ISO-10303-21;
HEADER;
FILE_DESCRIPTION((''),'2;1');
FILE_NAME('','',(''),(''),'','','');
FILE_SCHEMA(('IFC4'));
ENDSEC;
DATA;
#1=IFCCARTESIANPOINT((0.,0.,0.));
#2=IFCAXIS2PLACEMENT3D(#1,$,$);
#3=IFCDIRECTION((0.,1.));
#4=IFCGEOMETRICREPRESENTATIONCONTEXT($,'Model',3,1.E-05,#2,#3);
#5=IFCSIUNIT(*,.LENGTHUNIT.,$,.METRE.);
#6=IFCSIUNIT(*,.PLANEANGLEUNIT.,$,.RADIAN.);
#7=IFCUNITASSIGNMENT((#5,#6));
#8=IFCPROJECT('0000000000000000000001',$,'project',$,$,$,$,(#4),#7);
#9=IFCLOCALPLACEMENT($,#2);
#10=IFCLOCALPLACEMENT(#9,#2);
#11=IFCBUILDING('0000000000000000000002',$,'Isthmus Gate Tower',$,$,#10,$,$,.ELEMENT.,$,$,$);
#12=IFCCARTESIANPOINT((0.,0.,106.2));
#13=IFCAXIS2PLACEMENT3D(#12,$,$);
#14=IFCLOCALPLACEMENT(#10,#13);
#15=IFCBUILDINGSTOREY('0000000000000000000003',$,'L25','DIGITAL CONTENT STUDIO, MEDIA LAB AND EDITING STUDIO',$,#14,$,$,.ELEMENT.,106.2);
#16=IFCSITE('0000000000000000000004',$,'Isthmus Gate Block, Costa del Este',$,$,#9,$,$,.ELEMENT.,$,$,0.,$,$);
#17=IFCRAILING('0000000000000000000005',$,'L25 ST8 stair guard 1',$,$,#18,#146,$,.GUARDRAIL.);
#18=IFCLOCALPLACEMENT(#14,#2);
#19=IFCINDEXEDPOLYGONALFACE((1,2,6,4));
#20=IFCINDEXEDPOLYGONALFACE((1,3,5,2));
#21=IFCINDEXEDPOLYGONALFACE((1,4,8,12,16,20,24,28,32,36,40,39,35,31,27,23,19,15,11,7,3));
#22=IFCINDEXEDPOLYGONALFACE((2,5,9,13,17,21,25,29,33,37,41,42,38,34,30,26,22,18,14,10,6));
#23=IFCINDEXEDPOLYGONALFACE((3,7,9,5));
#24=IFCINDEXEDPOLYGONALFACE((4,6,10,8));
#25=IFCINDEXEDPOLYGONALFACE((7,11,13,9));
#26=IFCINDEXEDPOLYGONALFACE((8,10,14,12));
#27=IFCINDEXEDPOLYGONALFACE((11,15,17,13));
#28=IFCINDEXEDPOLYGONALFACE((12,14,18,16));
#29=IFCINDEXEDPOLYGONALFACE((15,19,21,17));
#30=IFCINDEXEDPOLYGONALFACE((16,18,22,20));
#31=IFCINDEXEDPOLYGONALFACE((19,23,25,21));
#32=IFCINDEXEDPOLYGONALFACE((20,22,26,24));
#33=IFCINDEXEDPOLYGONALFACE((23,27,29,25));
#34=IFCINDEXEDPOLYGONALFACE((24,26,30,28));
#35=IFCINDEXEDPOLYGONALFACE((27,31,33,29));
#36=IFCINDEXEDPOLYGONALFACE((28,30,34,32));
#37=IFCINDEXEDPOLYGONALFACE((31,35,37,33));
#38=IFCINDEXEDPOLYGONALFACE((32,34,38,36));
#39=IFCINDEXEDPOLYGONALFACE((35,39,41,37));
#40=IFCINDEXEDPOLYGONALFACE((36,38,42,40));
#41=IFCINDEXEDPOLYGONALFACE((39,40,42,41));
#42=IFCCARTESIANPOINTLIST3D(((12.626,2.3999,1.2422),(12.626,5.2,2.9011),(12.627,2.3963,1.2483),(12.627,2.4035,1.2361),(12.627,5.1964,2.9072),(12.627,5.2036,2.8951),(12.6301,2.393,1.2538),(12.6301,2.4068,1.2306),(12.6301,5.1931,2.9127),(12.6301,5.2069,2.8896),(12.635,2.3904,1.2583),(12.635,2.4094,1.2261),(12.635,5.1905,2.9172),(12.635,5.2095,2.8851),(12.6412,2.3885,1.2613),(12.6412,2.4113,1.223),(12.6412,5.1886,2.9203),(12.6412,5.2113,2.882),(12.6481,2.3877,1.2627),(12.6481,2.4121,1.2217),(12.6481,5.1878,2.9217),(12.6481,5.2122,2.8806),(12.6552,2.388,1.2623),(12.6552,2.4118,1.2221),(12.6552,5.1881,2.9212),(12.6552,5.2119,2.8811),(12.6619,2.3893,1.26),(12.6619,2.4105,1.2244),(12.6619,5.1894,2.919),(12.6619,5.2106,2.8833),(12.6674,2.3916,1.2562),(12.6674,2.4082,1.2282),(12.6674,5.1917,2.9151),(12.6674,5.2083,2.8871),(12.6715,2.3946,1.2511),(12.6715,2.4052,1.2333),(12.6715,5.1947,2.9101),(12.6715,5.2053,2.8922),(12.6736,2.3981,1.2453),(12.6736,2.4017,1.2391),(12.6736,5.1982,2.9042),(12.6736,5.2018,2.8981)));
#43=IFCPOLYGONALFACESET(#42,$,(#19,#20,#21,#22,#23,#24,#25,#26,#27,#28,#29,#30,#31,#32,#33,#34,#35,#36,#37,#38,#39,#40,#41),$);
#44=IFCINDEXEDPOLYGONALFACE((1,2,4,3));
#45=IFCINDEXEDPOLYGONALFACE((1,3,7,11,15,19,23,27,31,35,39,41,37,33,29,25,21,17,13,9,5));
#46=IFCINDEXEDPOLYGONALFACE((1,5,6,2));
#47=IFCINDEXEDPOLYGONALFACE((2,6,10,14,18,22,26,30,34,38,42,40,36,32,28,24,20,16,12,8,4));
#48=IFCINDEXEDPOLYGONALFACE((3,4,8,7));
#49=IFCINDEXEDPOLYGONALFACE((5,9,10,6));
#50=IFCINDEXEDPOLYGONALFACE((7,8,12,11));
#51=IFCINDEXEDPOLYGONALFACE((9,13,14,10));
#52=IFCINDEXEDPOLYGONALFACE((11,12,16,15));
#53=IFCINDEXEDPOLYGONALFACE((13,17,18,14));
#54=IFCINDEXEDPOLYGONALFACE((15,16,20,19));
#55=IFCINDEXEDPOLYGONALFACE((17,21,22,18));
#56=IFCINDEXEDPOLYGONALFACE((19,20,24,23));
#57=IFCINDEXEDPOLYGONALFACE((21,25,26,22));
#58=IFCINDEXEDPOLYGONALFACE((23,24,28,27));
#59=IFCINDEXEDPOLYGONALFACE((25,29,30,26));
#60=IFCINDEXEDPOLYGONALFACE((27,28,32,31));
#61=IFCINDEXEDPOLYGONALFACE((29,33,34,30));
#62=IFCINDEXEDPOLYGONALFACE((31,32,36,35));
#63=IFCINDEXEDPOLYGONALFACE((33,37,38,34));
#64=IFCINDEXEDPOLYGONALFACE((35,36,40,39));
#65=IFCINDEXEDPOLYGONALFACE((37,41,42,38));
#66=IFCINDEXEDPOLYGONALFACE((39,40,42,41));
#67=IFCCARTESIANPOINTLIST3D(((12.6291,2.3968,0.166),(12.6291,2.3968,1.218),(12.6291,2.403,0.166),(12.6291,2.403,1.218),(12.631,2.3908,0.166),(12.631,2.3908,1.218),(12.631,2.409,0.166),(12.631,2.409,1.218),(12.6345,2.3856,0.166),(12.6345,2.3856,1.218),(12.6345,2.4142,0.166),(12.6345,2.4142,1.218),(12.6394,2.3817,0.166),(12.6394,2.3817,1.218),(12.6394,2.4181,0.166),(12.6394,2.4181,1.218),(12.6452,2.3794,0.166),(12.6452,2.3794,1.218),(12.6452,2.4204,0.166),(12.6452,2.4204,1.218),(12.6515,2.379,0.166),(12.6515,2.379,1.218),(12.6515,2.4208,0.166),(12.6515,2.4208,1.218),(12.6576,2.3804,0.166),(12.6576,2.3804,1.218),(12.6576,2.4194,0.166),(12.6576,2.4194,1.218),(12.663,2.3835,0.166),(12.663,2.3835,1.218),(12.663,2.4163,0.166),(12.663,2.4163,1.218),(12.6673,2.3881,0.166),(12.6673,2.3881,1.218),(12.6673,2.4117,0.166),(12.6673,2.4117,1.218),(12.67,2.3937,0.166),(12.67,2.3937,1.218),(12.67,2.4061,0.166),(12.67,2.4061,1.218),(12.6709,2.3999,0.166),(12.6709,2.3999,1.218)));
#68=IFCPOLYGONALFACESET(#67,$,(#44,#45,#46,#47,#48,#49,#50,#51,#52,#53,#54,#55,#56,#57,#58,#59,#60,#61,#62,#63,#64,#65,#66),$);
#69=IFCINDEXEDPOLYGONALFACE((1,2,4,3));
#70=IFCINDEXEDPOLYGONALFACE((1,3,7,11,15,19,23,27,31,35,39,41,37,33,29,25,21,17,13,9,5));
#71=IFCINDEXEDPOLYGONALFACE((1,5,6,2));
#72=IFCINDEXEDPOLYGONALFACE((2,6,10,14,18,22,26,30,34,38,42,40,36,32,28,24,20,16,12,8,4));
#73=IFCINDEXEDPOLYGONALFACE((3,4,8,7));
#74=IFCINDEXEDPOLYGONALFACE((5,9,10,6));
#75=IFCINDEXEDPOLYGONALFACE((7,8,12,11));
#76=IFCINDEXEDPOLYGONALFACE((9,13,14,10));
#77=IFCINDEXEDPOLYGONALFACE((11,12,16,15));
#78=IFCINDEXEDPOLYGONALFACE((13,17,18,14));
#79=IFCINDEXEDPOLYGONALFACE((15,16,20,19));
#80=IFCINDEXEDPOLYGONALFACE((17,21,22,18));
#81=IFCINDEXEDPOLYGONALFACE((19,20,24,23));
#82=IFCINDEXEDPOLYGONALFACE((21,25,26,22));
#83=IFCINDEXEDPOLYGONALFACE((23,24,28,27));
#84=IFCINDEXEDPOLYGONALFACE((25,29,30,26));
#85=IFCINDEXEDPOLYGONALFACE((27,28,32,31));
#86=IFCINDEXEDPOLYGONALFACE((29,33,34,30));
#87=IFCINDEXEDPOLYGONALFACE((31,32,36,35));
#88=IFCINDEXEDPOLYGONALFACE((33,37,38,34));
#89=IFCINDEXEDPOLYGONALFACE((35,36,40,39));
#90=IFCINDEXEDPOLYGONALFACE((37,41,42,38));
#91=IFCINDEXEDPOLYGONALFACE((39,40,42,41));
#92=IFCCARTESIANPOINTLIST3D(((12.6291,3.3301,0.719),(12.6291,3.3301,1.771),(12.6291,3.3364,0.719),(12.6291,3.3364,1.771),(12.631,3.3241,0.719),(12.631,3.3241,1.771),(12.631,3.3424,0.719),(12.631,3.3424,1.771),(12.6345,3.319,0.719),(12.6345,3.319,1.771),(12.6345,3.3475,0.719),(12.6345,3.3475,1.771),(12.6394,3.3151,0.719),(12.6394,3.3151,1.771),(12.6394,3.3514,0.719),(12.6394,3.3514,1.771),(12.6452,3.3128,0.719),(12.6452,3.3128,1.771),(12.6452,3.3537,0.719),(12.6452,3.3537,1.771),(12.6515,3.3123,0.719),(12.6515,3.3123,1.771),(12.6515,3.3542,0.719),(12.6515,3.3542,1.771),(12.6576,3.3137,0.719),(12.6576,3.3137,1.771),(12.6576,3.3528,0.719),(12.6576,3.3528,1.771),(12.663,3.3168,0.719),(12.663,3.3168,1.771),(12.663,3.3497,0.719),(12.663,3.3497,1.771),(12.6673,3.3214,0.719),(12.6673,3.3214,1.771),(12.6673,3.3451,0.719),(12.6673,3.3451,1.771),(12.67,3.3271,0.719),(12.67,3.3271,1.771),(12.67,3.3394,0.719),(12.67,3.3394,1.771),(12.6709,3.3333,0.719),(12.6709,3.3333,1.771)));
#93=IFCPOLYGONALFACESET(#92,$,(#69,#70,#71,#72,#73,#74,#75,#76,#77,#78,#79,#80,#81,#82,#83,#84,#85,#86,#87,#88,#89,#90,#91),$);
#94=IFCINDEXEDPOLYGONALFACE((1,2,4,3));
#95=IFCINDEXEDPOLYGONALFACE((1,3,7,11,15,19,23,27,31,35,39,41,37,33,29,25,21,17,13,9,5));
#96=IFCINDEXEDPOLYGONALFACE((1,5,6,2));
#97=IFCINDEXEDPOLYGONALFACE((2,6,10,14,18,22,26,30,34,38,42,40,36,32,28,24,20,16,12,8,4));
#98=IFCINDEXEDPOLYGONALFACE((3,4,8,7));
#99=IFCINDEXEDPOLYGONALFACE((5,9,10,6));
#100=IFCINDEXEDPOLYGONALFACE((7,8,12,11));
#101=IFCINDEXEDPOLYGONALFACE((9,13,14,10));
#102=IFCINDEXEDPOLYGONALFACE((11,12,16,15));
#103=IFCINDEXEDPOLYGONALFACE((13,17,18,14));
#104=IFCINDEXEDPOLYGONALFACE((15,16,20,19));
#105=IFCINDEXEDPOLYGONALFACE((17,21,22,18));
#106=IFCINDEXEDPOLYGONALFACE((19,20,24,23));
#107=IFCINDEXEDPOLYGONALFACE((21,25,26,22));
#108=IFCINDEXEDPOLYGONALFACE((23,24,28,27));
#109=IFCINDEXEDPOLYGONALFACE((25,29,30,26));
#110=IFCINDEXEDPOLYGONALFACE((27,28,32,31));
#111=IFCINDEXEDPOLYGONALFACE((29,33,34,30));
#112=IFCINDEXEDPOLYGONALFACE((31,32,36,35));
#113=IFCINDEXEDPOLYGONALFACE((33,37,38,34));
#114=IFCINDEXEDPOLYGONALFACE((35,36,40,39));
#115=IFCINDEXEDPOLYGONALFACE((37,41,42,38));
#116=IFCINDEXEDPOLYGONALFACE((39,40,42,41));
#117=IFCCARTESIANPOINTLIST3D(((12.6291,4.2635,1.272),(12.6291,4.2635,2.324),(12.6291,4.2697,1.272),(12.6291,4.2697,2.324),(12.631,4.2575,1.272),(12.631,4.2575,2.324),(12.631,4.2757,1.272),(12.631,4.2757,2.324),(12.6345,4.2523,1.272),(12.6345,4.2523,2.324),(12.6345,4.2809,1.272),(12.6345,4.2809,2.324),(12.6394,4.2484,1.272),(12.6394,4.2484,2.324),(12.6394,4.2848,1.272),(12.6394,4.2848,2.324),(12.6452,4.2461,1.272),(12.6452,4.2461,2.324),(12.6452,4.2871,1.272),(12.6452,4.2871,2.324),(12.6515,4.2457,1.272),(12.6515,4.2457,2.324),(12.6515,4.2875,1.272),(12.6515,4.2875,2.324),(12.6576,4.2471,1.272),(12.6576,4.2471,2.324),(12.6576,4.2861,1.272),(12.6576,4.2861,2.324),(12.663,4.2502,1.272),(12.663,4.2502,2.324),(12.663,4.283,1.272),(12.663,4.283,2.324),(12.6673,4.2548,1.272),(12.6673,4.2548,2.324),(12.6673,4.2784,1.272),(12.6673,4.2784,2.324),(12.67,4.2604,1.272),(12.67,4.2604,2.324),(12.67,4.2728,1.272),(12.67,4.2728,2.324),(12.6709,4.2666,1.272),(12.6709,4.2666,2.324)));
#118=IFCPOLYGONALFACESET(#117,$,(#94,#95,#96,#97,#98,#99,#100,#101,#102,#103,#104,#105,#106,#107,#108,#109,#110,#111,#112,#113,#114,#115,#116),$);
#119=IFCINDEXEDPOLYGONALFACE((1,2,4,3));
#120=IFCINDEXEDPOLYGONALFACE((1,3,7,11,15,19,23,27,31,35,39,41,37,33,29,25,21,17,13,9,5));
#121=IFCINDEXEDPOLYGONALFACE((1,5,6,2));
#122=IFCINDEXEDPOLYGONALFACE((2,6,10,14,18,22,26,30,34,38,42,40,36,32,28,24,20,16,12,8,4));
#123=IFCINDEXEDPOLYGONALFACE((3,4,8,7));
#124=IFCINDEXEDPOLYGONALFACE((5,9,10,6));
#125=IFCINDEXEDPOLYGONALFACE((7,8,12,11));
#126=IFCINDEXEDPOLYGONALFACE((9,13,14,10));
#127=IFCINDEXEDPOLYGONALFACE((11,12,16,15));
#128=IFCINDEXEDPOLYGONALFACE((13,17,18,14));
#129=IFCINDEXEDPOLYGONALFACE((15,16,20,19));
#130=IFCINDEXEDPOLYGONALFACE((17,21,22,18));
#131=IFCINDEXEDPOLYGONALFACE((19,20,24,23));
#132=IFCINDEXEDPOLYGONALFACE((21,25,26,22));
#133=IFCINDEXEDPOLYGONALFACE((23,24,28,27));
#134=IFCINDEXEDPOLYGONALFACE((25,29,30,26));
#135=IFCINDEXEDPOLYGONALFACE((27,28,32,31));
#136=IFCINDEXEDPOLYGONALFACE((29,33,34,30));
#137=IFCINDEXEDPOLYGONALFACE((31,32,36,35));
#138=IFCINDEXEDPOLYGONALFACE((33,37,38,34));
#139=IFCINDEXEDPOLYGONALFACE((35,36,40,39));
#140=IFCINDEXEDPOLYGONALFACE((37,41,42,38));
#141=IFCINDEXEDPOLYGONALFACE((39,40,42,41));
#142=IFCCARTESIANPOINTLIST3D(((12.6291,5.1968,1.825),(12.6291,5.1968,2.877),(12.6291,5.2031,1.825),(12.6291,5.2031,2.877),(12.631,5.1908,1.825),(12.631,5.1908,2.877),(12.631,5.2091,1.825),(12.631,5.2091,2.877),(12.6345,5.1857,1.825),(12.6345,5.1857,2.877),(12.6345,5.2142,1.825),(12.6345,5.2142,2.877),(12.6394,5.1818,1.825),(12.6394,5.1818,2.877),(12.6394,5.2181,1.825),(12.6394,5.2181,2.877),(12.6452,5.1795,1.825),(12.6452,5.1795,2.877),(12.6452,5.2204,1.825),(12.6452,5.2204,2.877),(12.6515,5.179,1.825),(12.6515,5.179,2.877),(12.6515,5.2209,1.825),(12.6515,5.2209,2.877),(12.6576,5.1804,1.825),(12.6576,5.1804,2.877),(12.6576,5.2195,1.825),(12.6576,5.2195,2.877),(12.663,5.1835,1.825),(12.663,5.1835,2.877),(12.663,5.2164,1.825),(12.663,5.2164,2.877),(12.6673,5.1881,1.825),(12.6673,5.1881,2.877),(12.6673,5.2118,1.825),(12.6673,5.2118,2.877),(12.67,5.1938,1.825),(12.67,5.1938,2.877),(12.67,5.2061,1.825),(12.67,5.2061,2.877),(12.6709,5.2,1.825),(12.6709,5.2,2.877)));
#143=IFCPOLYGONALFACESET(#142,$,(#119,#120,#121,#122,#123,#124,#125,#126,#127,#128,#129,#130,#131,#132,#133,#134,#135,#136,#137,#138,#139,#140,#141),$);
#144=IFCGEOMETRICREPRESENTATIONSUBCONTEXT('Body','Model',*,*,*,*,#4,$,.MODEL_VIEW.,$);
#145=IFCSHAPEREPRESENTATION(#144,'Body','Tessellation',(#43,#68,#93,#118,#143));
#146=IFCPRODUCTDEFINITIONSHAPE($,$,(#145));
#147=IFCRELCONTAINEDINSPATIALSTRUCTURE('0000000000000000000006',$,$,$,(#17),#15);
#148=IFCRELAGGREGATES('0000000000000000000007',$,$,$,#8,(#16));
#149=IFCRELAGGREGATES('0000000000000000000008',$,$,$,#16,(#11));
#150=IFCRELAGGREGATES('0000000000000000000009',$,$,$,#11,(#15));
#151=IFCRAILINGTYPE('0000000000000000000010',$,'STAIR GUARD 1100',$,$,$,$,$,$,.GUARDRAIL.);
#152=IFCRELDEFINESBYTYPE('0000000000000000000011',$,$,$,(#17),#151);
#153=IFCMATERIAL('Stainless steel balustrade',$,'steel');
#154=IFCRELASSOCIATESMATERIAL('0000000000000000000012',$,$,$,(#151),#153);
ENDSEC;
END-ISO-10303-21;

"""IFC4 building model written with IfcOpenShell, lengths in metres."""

from ifc_helpers import new_model, si_unit, direction, frame, origin, origin_2d, place, context, subcontext, project, spatial, circle, extrude, material, type_object, element, save


model = new_model("IFC4")

# Units and contexts
model_context = context("Model", 3, precision=1e-05, world=origin(), true_north=direction((0.0, 1.0)))
body_context = subcontext(model_context, "Body", "Model", "MODEL_VIEW")
ifc_project = project(units=[si_unit("LENGTHUNIT", "METRE"), si_unit("PLANEANGLEUNIT", "RADIAN")], contexts=[model_context])

# Site, building, storey
site_placement = place(None, origin())
site = spatial("IfcSite", under=ifc_project, at=site_placement, Name="Isthmus Gate Block, Costa del Este", CompositionType="ELEMENT", RefElevation=0.0)
building_placement = place(site_placement, origin())
building = spatial("IfcBuilding", under=site, at=building_placement, Name="Isthmus Gate Tower", CompositionType="ELEMENT")
storey_placement = place(building_placement, frame((0.0, 0.0, 106.2)))
storey = spatial("IfcBuildingStorey", under=building, at=storey_placement, Name="L25", Description="DIGITAL CONTENT STUDIO, MEDIA LAB AND EDITING STUDIO", CompositionType="ELEMENT", Elevation=106.2)

# Railing
ifc_material_1 = material(Name="Stainless steel balustrade", Category="steel")
railing_type_1 = type_object("IfcRailingType", Name="STAIR GUARD 1100", PredefinedType="GUARDRAIL", material=ifc_material_1)
railing_1_placement = place(storey_placement, frame((12.6499, 2.3999, 0.166)))
element("IfcRailing", 1, at=railing_1_placement, inside=storey, type_object=railing_type_1, Name="L25 ST8 stair guard 1", PredefinedType="GUARDRAIL", context=body_context, shape_type="SweptSolid", body=[
    extrude(circle(Radius=0.0239, at=origin_2d()), frame((0.0, 0.0, 1.0762), z_axis=(0.0, 0.860339, 0.509722), x_axis=(-1.0, 0.0, 0.0)), (0.0, 0.0, 1.0), 3.2546),
    extrude(circle(Radius=0.021, at=origin_2d()), origin(), (0.0, 0.0, 1.0), 1.052),
    extrude(circle(Radius=0.021, at=origin_2d()), frame((0.0, 0.9333, 0.553)), (0.0, 0.0, 1.0), 1.052),
    extrude(circle(Radius=0.021, at=origin_2d()), frame((0.0, 1.8667, 1.106)), (0.0, 0.0, 1.0), 1.052),
    extrude(circle(Radius=0.021, at=origin_2d()), frame((0.0, 2.8, 1.6589)), (0.0, 0.0, 1.0), 1.052),
])

save(model, "model.ifc")
